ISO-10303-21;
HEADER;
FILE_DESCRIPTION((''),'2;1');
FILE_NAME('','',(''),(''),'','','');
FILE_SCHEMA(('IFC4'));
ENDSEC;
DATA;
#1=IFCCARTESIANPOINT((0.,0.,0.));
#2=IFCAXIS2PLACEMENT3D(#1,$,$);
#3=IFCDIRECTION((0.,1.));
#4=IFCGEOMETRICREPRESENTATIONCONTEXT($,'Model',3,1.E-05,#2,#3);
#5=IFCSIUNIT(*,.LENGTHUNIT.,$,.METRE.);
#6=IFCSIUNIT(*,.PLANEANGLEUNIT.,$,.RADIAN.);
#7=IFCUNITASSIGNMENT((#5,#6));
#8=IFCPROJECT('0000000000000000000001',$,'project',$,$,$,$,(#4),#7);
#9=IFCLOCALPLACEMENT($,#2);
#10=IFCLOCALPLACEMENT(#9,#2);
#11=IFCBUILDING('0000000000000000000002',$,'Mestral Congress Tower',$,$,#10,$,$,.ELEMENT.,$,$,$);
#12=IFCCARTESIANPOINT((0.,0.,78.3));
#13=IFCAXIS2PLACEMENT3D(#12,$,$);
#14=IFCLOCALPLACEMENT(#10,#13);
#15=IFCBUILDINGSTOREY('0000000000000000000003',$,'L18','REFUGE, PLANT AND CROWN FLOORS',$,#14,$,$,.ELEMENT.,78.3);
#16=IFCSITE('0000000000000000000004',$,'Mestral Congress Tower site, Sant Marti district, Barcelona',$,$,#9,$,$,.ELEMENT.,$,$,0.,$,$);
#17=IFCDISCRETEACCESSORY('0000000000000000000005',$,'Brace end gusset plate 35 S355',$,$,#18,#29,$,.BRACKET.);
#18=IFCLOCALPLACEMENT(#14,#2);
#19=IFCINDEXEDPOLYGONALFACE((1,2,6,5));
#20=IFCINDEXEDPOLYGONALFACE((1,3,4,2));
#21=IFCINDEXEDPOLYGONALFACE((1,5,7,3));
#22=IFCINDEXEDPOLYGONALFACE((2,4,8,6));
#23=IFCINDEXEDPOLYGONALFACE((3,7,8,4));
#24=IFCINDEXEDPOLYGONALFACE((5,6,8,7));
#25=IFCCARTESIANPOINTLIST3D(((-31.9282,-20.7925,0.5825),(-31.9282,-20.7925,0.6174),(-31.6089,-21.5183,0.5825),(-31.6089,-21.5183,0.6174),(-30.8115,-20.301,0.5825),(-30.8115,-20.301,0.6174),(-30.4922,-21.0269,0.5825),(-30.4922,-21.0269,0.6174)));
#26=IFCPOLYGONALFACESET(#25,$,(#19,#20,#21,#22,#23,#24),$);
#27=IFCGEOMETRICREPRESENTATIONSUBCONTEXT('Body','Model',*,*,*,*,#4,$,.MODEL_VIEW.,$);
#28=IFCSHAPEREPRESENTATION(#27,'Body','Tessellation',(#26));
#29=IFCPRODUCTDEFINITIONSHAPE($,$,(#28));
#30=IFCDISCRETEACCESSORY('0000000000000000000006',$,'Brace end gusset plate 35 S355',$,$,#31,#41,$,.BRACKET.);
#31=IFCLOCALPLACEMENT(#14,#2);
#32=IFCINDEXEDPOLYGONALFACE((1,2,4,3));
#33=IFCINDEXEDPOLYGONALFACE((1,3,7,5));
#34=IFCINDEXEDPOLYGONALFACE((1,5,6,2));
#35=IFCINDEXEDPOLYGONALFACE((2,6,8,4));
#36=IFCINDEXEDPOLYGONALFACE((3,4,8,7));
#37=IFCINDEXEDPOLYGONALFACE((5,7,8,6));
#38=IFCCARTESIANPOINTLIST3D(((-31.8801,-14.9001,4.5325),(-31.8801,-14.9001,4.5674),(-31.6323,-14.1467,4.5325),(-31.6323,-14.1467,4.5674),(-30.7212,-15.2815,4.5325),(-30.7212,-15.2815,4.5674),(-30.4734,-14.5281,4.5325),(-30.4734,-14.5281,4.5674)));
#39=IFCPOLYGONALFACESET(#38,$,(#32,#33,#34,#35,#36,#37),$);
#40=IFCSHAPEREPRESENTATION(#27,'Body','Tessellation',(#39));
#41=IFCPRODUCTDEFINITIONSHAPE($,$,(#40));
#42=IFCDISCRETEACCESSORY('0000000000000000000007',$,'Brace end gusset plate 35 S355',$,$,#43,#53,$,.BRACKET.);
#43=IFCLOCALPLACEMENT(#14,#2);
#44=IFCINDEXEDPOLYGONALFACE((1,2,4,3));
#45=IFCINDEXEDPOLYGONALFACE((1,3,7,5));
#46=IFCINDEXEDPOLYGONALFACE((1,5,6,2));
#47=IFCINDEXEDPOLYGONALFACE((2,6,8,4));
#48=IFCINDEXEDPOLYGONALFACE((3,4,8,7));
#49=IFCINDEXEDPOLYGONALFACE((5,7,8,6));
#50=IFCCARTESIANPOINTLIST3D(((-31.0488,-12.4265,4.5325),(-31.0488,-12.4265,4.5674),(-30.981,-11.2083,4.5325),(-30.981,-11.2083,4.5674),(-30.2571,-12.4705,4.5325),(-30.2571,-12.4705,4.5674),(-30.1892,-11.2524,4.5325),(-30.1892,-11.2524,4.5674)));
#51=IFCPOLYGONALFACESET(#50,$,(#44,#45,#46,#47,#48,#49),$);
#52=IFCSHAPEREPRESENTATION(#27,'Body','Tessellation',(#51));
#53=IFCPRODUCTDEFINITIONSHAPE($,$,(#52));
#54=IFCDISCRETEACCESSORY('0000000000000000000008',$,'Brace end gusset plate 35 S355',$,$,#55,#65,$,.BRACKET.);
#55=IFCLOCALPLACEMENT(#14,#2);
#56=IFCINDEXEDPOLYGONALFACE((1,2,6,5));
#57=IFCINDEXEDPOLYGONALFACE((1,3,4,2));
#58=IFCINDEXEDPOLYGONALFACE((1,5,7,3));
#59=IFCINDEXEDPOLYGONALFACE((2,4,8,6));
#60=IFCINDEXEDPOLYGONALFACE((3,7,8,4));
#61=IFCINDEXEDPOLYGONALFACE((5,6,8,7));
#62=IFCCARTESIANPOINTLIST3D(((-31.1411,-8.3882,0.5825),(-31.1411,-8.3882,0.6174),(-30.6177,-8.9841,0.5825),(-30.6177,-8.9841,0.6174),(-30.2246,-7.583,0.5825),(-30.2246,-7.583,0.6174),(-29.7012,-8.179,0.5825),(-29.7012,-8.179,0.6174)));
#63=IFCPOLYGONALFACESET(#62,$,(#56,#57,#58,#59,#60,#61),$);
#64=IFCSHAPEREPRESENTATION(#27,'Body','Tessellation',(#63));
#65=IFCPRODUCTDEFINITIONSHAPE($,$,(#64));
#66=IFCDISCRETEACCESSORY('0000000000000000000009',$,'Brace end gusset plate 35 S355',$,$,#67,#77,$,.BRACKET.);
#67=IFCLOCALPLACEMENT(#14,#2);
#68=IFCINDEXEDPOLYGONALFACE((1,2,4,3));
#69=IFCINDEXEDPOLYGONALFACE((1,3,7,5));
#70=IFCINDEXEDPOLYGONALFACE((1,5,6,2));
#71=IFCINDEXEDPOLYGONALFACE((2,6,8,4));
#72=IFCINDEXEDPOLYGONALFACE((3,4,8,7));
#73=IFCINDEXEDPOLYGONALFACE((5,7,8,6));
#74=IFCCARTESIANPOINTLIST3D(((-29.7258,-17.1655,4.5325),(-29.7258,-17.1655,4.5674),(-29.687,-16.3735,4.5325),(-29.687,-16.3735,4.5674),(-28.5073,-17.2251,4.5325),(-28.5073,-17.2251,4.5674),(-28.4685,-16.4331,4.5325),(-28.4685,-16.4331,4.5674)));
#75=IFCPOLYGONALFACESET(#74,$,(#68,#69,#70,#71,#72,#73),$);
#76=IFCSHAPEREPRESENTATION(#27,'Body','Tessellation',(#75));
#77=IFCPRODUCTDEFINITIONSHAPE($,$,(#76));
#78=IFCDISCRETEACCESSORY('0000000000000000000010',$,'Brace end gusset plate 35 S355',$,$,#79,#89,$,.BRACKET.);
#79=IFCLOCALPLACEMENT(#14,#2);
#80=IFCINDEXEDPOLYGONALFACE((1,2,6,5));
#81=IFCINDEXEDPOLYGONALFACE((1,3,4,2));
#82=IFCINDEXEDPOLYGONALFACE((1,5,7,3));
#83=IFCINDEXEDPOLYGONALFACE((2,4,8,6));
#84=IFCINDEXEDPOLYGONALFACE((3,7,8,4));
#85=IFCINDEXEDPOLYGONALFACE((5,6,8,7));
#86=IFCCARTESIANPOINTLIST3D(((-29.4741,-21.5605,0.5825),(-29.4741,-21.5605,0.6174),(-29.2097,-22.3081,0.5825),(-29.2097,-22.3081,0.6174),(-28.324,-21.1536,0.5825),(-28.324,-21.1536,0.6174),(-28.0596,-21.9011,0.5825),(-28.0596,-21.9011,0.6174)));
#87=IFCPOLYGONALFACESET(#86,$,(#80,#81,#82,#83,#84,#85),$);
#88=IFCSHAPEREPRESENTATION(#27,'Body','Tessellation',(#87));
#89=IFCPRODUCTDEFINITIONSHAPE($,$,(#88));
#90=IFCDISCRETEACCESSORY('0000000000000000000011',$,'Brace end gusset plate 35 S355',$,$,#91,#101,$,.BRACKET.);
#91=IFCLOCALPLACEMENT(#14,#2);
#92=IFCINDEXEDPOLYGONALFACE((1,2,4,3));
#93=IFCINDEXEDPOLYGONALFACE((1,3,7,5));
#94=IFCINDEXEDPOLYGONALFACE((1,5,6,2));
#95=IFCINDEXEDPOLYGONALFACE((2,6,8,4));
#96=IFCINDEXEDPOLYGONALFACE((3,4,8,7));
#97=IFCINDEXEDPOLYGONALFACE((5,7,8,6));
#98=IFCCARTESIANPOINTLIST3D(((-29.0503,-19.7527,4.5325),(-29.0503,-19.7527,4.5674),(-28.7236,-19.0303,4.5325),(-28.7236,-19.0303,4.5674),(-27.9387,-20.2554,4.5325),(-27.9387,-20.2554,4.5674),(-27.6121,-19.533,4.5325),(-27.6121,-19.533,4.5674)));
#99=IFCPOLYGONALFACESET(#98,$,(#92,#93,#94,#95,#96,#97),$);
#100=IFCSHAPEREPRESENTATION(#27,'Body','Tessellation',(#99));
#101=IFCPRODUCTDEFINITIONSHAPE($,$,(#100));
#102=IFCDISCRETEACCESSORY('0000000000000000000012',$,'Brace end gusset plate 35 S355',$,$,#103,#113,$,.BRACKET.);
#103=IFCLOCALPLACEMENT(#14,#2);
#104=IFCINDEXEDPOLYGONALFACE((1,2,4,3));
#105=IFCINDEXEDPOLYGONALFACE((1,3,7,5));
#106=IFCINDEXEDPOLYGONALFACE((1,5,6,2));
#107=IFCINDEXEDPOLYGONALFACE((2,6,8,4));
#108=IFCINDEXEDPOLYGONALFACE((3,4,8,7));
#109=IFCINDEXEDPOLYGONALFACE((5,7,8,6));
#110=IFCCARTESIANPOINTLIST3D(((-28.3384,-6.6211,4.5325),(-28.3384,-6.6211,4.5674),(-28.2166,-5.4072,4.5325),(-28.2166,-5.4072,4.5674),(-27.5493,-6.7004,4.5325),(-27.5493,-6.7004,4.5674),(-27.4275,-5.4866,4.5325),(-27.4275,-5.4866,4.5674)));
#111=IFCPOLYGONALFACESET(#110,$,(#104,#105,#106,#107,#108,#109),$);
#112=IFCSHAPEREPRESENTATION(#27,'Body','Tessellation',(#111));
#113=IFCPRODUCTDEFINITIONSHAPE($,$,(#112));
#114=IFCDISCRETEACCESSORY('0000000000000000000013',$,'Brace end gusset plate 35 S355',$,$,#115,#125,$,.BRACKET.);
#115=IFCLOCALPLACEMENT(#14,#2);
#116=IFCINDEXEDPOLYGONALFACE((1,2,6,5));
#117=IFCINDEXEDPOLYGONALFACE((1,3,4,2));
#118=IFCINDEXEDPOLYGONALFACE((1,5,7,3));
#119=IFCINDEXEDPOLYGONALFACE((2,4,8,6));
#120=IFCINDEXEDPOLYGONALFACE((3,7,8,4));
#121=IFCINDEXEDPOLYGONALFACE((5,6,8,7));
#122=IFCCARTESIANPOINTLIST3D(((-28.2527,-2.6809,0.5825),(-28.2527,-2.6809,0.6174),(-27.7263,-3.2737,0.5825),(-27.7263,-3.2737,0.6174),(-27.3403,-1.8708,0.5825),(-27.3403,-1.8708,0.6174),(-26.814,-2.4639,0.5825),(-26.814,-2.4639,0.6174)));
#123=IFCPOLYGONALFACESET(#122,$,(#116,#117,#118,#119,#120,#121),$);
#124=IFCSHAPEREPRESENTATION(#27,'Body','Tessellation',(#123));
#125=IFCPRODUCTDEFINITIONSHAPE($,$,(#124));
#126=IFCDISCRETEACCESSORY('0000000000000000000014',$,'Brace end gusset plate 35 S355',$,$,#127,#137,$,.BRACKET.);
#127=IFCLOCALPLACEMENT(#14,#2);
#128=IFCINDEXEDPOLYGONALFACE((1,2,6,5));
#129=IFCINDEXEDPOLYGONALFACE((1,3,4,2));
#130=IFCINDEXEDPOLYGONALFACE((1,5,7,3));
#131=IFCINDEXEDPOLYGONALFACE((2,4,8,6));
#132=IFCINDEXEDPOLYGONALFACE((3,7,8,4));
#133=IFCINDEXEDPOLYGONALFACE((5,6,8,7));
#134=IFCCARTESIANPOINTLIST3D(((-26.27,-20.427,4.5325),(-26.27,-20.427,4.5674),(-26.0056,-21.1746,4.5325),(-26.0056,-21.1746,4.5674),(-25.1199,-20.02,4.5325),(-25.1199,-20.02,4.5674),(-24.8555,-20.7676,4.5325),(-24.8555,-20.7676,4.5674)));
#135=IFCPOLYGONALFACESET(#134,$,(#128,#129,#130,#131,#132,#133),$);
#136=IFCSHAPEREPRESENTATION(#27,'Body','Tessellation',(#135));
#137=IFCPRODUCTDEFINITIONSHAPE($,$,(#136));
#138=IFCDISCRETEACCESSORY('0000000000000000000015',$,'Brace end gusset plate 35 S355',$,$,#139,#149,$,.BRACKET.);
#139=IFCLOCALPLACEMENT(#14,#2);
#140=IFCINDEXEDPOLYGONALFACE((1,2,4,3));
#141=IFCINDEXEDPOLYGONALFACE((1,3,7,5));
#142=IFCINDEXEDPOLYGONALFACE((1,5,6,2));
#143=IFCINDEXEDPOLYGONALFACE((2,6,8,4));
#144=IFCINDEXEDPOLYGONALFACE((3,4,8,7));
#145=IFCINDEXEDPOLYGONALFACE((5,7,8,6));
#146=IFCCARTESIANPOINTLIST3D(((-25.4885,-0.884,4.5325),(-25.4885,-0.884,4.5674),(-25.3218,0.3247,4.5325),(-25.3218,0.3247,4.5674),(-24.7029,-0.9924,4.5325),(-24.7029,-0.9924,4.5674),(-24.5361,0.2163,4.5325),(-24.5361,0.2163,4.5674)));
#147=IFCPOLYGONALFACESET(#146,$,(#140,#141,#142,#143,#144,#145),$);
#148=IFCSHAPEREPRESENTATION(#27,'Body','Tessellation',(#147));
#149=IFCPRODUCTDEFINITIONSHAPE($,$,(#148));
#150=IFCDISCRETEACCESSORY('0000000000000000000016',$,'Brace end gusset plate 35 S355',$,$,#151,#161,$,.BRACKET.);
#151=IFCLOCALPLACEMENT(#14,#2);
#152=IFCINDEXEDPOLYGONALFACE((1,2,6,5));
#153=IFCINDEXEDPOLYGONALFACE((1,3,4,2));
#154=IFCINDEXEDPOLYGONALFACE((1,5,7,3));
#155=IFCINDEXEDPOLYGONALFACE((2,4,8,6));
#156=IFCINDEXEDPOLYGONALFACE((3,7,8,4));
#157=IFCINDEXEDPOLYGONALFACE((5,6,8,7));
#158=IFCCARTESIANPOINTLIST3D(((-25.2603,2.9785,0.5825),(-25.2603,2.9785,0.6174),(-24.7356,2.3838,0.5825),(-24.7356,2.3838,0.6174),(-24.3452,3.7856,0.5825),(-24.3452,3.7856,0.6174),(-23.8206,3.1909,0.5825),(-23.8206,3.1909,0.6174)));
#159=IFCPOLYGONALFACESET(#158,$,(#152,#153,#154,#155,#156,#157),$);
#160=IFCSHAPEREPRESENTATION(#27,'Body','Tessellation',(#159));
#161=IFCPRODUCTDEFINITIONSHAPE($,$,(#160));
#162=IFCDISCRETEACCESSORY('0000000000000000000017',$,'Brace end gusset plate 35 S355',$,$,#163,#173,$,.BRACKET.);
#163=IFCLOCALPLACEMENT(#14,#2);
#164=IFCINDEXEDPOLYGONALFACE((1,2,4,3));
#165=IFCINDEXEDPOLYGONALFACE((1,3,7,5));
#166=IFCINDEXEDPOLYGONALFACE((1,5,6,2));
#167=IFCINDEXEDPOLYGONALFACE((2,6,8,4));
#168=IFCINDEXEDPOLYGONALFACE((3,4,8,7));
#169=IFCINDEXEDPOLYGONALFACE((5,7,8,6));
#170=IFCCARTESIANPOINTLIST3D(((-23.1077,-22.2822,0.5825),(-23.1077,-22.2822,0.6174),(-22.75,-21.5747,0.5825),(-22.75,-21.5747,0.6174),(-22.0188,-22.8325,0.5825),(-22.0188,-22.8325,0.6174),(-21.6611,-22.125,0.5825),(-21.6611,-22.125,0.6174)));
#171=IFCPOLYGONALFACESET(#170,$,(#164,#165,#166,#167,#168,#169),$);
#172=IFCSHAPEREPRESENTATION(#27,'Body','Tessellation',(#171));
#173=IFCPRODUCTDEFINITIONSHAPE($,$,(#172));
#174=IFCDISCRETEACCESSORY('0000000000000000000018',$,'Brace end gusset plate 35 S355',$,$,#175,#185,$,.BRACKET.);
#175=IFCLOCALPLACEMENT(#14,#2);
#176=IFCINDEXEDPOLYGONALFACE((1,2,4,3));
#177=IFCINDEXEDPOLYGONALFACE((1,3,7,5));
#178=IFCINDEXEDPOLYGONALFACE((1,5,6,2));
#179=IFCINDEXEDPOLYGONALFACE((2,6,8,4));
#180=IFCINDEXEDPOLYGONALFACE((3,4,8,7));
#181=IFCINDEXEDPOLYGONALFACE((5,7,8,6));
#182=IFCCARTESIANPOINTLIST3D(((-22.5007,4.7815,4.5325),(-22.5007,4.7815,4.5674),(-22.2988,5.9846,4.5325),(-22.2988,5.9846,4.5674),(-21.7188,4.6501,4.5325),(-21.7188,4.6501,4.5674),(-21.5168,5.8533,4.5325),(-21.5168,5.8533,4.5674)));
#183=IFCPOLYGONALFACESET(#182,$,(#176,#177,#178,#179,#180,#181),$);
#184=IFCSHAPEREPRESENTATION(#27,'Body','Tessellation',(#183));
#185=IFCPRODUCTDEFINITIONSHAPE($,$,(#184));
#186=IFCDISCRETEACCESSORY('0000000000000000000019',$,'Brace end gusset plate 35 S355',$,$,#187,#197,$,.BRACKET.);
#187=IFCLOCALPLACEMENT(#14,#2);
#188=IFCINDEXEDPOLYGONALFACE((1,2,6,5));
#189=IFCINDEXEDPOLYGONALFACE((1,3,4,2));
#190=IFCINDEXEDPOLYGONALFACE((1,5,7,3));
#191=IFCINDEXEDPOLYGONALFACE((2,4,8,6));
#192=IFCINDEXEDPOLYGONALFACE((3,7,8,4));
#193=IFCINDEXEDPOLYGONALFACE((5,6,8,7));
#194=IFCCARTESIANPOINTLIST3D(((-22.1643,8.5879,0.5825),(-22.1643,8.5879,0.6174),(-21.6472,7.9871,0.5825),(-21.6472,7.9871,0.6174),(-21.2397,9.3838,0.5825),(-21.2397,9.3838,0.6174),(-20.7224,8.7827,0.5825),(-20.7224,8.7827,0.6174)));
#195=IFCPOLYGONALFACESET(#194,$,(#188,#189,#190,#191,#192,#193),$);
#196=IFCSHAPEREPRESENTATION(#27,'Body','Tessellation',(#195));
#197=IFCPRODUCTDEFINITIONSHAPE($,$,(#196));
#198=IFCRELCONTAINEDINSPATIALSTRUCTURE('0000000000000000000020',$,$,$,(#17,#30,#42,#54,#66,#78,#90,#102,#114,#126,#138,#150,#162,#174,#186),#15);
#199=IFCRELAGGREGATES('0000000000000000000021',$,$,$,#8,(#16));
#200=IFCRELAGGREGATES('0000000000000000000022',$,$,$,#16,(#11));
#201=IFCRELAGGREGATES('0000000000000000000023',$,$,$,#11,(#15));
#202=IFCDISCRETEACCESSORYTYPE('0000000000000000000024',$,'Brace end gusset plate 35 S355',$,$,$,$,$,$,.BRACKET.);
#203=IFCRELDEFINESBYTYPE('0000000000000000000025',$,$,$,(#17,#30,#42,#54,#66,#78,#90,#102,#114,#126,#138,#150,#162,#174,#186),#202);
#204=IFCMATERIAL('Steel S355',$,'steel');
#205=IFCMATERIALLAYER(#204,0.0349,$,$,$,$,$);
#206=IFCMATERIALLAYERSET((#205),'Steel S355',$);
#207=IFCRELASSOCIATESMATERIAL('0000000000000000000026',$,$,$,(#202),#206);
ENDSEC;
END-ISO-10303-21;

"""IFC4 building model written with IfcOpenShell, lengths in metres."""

from ifc_helpers import new_model, si_unit, direction, frame, origin, place, context, subcontext, project, spatial, polyline, outline, extrude, material, layer, layer_set, type_object, element, save


model = new_model("IFC4")

# Units and contexts
model_context = context("Model", 3, precision=1e-05, world=origin(), true_north=direction((0.0, 1.0)))
body_context = subcontext(model_context, "Body", "Model", "MODEL_VIEW")
ifc_project = project(units=[si_unit("LENGTHUNIT", "METRE"), si_unit("PLANEANGLEUNIT", "RADIAN")], contexts=[model_context])

# Site, building, storey
site_placement = place(None, origin())
site = spatial("IfcSite", under=ifc_project, at=site_placement, Name="Mestral Congress Tower site, Sant Marti district, Barcelona", CompositionType="ELEMENT", RefElevation=0.0)
building_placement = place(site_placement, origin())
building = spatial("IfcBuilding", under=site, at=building_placement, Name="Mestral Congress Tower", CompositionType="ELEMENT")
storey_placement = place(building_placement, frame((0.0, 0.0, 78.3)))
storey = spatial("IfcBuildingStorey", under=building, at=storey_placement, Name="L18", Description="REFUGE, PLANT AND CROWN FLOORS", CompositionType="ELEMENT", Elevation=78.3)

# Discrete accessories
ifc_material_1 = material(Name="Steel S355", Category="steel")
ifc_layer_1 = layer(ifc_material_1, 0.0349)
ifc_layer_set_1 = layer_set([ifc_layer_1], Name="Steel S355")
discrete_accessory_type = type_object("IfcDiscreteAccessoryType", Name="Brace end gusset plate 35 S355", PredefinedType="BRACKET", material=ifc_layer_set_1)
placement_1 = place(storey_placement, frame((0.0, 0.0, 0.5825)))
element("IfcDiscreteAccessory", 1, at=placement_1, inside=storey, type_object=discrete_accessory_type, Name="Brace end gusset plate 35 S355", PredefinedType="BRACKET", context=body_context, shape_type="SweptSolid", body=[
    extrude(outline(polyline([(-31.6089, -21.5183), (-30.4922, -21.0269), (-30.8115, -20.301), (-31.9282, -20.7925), (-31.6089, -21.5183)])), origin(), (0.0, 0.0, 1.0), 0.0349),
])
placement_2 = place(storey_placement, frame((0.0, 0.0, 4.5325)))
element("IfcDiscreteAccessory", 2, at=placement_2, inside=storey, type_object=discrete_accessory_type, Name="Brace end gusset plate 35 S355", PredefinedType="BRACKET", context=body_context, shape_type="SweptSolid", body=[
    extrude(outline(polyline([(-30.4734, -14.5281), (-31.6323, -14.1467), (-31.8801, -14.9001), (-30.7212, -15.2815), (-30.4734, -14.5281)])), origin(), (0.0, 0.0, 1.0), 0.0349),
])
element("IfcDiscreteAccessory", 3, at=placement_2, inside=storey, type_object=discrete_accessory_type, Name="Brace end gusset plate 35 S355", PredefinedType="BRACKET", context=body_context, shape_type="SweptSolid", body=[
    extrude(outline(polyline([(-30.2571, -12.4705), (-30.1892, -11.2524), (-30.981, -11.2083), (-31.0488, -12.4265), (-30.2571, -12.4705)])), origin(), (0.0, 0.0, 1.0), 0.0349),
])
element("IfcDiscreteAccessory", 4, at=placement_1, inside=storey, type_object=discrete_accessory_type, Name="Brace end gusset plate 35 S355", PredefinedType="BRACKET", context=body_context, shape_type="SweptSolid", body=[
    extrude(outline(polyline([(-30.6177, -8.9841), (-29.7012, -8.179), (-30.2246, -7.583), (-31.1411, -8.3882), (-30.6177, -8.9841)])), origin(), (0.0, 0.0, 1.0), 0.0349),
])
element("IfcDiscreteAccessory", 5, at=placement_2, inside=storey, type_object=discrete_accessory_type, Name="Brace end gusset plate 35 S355", PredefinedType="BRACKET", context=body_context, shape_type="SweptSolid", body=[
    extrude(outline(polyline([(-28.4685, -16.4331), (-29.687, -16.3735), (-29.7258, -17.1655), (-28.5073, -17.2251), (-28.4685, -16.4331)])), origin(), (0.0, 0.0, 1.0), 0.0349),
])
element("IfcDiscreteAccessory", 6, at=placement_1, inside=storey, type_object=discrete_accessory_type, Name="Brace end gusset plate 35 S355", PredefinedType="BRACKET", context=body_context, shape_type="SweptSolid", body=[
    extrude(outline(polyline([(-29.2097, -22.3081), (-28.0596, -21.9011), (-28.324, -21.1536), (-29.4741, -21.5605), (-29.2097, -22.3081)])), origin(), (0.0, 0.0, 1.0), 0.0349),
])
element("IfcDiscreteAccessory", 7, at=placement_2, inside=storey, type_object=discrete_accessory_type, Name="Brace end gusset plate 35 S355", PredefinedType="BRACKET", context=body_context, shape_type="SweptSolid", body=[
    extrude(outline(polyline([(-27.6121, -19.533), (-28.7236, -19.0303), (-29.0503, -19.7527), (-27.9387, -20.2554), (-27.6121, -19.533)])), origin(), (0.0, 0.0, 1.0), 0.0349),
])
element("IfcDiscreteAccessory", 8, at=placement_2, inside=storey, type_object=discrete_accessory_type, Name="Brace end gusset plate 35 S355", PredefinedType="BRACKET", context=body_context, shape_type="SweptSolid", body=[
    extrude(outline(polyline([(-27.5493, -6.7004), (-27.4275, -5.4866), (-28.2166, -5.4072), (-28.3384, -6.6211), (-27.5493, -6.7004)])), origin(), (0.0, 0.0, 1.0), 0.0349),
])
element("IfcDiscreteAccessory", 9, at=placement_1, inside=storey, type_object=discrete_accessory_type, Name="Brace end gusset plate 35 S355", PredefinedType="BRACKET", context=body_context, shape_type="SweptSolid", body=[
    extrude(outline(polyline([(-27.7263, -3.2737), (-26.814, -2.4639), (-27.3403, -1.8708), (-28.2527, -2.6809), (-27.7263, -3.2737)])), origin(), (0.0, 0.0, 1.0), 0.0349),
])
element("IfcDiscreteAccessory", 10, at=placement_2, inside=storey, type_object=discrete_accessory_type, Name="Brace end gusset plate 35 S355", PredefinedType="BRACKET", context=body_context, shape_type="SweptSolid", body=[
    extrude(outline(polyline([(-25.1199, -20.02), (-26.27, -20.427), (-26.0056, -21.1746), (-24.8555, -20.7676), (-25.1199, -20.02)])), origin(), (0.0, 0.0, 1.0), 0.0349),
])
element("IfcDiscreteAccessory", 11, at=placement_2, inside=storey, type_object=discrete_accessory_type, Name="Brace end gusset plate 35 S355", PredefinedType="BRACKET", context=body_context, shape_type="SweptSolid", body=[
    extrude(outline(polyline([(-24.7029, -0.9924), (-24.5361, 0.2163), (-25.3218, 0.3247), (-25.4885, -0.884), (-24.7029, -0.9924)])), origin(), (0.0, 0.0, 1.0), 0.0349),
])
element("IfcDiscreteAccessory", 12, at=placement_1, inside=storey, type_object=discrete_accessory_type, Name="Brace end gusset plate 35 S355", PredefinedType="BRACKET", context=body_context, shape_type="SweptSolid", body=[
    extrude(outline(polyline([(-24.7356, 2.3838), (-23.8206, 3.1909), (-24.3452, 3.7856), (-25.2603, 2.9785), (-24.7356, 2.3838)])), origin(), (0.0, 0.0, 1.0), 0.0349),
])
element("IfcDiscreteAccessory", 13, at=placement_1, inside=storey, type_object=discrete_accessory_type, Name="Brace end gusset plate 35 S355", PredefinedType="BRACKET", context=body_context, shape_type="SweptSolid", body=[
    extrude(outline(polyline([(-21.6611, -22.125), (-22.75, -21.5747), (-23.1077, -22.2822), (-22.0188, -22.8325), (-21.6611, -22.125)])), origin(), (0.0, 0.0, 1.0), 0.0349),
])
element("IfcDiscreteAccessory", 14, at=placement_2, inside=storey, type_object=discrete_accessory_type, Name="Brace end gusset plate 35 S355", PredefinedType="BRACKET", context=body_context, shape_type="SweptSolid", body=[
    extrude(outline(polyline([(-21.7188, 4.6501), (-21.5168, 5.8533), (-22.2988, 5.9846), (-22.5007, 4.7815), (-21.7188, 4.6501)])), origin(), (0.0, 0.0, 1.0), 0.0349),
])
element("IfcDiscreteAccessory", 15, at=placement_1, inside=storey, type_object=discrete_accessory_type, Name="Brace end gusset plate 35 S355", PredefinedType="BRACKET", context=body_context, shape_type="SweptSolid", body=[
    extrude(outline(polyline([(-21.6472, 7.9871), (-20.7224, 8.7827), (-21.2397, 9.3838), (-22.1643, 8.5879), (-21.6472, 7.9871)])), origin(), (0.0, 0.0, 1.0), 0.0349),
])

save(model, "model.ifc")
